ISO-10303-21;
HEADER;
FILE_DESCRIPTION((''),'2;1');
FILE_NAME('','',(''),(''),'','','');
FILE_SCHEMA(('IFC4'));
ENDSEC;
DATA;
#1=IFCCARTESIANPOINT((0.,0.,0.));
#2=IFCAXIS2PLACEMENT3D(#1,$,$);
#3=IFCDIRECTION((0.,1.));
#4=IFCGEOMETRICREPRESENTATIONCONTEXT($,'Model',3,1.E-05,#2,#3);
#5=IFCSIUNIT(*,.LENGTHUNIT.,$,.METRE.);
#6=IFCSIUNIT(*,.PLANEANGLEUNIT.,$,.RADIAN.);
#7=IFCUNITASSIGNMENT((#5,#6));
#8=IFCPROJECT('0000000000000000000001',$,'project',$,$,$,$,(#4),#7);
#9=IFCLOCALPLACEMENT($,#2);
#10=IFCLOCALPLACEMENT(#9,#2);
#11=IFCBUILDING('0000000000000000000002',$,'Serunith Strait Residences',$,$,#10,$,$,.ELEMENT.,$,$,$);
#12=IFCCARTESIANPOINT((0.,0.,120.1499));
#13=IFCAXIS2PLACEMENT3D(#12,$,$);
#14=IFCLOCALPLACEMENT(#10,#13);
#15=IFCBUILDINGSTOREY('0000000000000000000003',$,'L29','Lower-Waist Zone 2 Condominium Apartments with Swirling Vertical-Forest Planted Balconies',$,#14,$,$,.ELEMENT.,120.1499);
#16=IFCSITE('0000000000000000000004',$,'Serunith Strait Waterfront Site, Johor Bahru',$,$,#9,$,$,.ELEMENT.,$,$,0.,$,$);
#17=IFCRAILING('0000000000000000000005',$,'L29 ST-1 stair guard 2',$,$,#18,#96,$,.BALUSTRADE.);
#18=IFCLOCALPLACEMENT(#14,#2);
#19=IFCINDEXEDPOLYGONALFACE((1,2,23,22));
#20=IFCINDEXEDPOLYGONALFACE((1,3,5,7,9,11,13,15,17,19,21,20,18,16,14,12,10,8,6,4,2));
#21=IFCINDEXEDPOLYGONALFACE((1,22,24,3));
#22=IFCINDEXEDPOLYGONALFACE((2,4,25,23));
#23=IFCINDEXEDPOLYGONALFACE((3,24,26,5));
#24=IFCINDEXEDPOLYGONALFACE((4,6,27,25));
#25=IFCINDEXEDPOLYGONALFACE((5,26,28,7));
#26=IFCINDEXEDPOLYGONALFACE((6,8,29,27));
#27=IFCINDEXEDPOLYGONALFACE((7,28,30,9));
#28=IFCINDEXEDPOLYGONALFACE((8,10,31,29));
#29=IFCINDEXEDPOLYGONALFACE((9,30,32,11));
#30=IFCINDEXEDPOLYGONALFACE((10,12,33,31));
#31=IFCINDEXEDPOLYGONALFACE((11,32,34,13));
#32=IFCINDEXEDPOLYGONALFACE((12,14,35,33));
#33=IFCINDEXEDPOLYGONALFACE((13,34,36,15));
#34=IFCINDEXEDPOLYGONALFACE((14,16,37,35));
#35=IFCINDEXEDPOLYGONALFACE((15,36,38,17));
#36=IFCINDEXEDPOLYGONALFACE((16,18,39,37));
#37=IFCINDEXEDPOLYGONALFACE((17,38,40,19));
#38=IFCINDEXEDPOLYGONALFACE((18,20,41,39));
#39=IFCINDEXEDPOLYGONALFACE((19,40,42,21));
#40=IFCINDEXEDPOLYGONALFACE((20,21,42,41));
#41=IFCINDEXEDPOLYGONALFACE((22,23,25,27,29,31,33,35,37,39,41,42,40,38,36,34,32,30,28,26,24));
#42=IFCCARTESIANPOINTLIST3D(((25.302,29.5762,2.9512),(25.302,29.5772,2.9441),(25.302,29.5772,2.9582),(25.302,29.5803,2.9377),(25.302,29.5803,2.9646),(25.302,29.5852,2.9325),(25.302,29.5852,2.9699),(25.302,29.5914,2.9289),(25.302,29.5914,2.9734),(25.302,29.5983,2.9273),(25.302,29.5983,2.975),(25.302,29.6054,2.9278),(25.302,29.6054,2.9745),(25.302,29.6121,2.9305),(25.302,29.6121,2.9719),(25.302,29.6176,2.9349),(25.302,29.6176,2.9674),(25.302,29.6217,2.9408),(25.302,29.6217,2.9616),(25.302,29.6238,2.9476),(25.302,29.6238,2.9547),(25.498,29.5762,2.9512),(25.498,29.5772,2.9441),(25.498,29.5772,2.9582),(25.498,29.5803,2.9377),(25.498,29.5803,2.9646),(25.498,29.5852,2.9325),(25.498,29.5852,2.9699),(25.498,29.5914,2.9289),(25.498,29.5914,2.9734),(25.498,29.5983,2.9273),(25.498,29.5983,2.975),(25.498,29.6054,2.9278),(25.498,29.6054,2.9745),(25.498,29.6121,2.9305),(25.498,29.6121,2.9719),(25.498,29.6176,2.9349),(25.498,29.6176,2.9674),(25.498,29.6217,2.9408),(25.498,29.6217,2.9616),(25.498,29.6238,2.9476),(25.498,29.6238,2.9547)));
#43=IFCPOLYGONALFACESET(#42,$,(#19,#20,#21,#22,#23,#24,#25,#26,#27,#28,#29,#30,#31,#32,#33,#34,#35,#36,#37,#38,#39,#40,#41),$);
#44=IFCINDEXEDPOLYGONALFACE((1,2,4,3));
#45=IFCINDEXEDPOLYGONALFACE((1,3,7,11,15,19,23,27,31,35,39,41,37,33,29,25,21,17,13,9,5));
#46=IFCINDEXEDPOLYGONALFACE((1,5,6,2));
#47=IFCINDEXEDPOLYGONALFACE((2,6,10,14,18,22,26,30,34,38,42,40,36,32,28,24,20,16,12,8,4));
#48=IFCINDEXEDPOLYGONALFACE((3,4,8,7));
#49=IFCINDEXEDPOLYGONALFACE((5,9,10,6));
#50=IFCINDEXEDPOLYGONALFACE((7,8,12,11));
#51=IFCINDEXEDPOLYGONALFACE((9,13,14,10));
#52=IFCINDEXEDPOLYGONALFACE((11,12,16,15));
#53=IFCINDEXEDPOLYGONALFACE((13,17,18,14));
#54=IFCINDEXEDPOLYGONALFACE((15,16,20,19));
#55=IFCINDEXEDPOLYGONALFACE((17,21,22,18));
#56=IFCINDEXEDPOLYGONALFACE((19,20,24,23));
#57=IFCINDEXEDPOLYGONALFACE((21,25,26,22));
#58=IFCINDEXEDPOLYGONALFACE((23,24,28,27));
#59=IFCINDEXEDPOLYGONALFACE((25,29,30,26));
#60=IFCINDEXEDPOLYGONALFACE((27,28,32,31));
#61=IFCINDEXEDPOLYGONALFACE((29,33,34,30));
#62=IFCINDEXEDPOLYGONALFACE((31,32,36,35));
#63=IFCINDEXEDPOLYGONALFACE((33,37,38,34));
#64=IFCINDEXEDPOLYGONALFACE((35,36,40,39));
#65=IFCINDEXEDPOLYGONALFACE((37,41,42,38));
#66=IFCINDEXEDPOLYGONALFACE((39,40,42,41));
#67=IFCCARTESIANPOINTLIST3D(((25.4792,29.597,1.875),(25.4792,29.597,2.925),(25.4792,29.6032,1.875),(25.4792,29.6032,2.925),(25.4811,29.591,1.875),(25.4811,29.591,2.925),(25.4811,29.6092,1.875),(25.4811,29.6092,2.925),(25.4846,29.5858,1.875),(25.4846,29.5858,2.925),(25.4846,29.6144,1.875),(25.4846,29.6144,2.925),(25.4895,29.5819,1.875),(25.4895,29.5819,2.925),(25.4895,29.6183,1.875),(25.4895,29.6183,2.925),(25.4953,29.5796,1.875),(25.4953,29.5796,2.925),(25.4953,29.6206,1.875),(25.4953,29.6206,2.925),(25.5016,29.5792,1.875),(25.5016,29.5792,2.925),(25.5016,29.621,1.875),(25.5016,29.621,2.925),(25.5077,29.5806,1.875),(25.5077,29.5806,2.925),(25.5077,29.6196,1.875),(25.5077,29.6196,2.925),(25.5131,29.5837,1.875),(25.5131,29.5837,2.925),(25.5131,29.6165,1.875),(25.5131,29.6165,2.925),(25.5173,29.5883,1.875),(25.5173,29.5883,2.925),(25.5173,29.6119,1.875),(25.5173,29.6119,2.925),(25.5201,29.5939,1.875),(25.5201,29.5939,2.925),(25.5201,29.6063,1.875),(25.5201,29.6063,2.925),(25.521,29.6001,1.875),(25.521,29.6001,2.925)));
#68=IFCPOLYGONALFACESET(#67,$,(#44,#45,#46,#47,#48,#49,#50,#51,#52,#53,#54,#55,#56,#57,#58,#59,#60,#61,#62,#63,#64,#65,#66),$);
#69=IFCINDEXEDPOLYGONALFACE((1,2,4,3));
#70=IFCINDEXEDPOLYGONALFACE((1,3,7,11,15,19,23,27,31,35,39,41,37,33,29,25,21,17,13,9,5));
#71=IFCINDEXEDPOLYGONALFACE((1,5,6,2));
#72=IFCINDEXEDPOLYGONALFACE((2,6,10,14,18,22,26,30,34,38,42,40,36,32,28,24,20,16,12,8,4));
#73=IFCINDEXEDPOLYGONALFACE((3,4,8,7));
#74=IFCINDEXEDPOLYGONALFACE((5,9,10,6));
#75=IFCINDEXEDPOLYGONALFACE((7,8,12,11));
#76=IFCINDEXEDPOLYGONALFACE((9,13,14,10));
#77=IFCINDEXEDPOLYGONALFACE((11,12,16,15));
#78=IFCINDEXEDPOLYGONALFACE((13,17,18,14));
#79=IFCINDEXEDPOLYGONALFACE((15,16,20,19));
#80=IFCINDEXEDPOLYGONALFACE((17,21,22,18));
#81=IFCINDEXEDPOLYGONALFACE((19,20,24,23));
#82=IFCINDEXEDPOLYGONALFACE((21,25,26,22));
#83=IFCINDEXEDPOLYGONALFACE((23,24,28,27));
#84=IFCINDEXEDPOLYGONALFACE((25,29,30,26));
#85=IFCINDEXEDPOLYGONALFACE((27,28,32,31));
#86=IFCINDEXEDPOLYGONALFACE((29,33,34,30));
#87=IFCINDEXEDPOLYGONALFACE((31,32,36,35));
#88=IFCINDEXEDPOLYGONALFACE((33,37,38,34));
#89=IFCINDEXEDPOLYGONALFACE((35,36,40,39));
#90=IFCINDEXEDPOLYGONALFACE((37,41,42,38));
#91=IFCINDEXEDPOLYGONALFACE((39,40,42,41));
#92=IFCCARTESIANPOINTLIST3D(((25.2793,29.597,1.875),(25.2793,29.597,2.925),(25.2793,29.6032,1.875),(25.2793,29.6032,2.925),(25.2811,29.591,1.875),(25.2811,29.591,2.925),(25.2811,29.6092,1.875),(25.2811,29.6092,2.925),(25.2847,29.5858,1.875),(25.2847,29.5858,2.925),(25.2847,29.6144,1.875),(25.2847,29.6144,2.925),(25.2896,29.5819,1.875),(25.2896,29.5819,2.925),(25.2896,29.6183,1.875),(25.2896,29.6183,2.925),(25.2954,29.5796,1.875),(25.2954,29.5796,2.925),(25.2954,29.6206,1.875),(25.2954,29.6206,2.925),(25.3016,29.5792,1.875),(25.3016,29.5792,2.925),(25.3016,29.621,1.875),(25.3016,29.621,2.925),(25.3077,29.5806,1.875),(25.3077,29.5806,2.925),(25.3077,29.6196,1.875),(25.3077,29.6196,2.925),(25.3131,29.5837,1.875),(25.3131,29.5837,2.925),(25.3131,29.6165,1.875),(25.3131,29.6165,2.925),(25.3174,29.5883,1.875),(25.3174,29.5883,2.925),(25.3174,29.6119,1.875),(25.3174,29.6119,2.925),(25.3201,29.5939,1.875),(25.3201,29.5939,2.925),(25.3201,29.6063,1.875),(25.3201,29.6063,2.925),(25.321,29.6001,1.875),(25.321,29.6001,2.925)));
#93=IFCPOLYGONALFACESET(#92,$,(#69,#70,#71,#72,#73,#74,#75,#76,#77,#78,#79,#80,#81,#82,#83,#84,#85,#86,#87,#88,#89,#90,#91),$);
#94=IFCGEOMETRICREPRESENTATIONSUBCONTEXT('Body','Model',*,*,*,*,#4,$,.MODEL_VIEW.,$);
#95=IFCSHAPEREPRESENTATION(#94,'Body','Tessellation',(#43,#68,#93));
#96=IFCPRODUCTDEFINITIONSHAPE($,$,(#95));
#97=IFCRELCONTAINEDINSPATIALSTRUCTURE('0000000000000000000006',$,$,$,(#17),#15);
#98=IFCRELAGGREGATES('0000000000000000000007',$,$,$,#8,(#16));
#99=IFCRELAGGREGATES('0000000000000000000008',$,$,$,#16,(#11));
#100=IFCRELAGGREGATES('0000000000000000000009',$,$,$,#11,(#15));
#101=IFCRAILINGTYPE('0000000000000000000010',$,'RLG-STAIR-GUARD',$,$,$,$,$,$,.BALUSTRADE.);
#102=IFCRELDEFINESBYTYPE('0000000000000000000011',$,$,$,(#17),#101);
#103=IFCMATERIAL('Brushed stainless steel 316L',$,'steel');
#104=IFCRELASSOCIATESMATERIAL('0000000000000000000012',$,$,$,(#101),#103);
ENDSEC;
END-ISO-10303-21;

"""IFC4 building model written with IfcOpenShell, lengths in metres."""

from ifc_helpers import new_model, si_unit, direction, frame, origin, origin_2d, place, context, subcontext, project, spatial, circle, extrude, material, type_object, element, save


model = new_model("IFC4")

# Units and contexts
model_context = context("Model", 3, precision=1e-05, world=origin(), true_north=direction((0.0, 1.0)))
body_context = subcontext(model_context, "Body", "Model", "MODEL_VIEW")
ifc_project = project(units=[si_unit("LENGTHUNIT", "METRE"), si_unit("PLANEANGLEUNIT", "RADIAN")], contexts=[model_context])

# Site, building, storey
site_placement = place(None, origin())
site = spatial("IfcSite", under=ifc_project, at=site_placement, Name="Serunith Strait Waterfront Site, Johor Bahru", CompositionType="ELEMENT", RefElevation=0.0)
building_placement = place(site_placement, origin())
building = spatial("IfcBuilding", under=site, at=building_placement, Name="Serunith Strait Residences", CompositionType="ELEMENT")
storey_placement = place(building_placement, frame((0.0, 0.0, 120.1499)))
storey = spatial("IfcBuildingStorey", under=building, at=storey_placement, Name="L29", Description="Lower-Waist Zone 2 Condominium Apartments with Swirling Vertical-Forest Planted Balconies", CompositionType="ELEMENT", Elevation=120.1499)

# Railing
ifc_material_1 = material(Name="Brushed stainless steel 316L", Category="steel")
railing_type_1 = type_object("IfcRailingType", Name="RLG-STAIR-GUARD", PredefinedType="BALUSTRADE", material=ifc_material_1)
railing_1_placement = place(storey_placement, frame((25.5, 29.6001, 1.875)))
element("IfcRailing", 1, at=railing_1_placement, inside=storey, type_object=railing_type_1, Name="L29 ST-1 stair guard 2", PredefinedType="BALUSTRADE", context=body_context, shape_type="SweptSolid", body=[
    extrude(circle(Radius=0.0239, at=origin_2d()), frame((-0.002, 0.0, 1.0762), z_axis=(-1.0, 0.0, 0.0), x_axis=(0.0, -1.0, 0.0)), (0.0, 0.0, 1.0), 0.196),
    extrude(circle(Radius=0.021, at=origin_2d()), origin(), (0.0, 0.0, 1.0), 1.05),
    extrude(circle(Radius=0.021, at=origin_2d()), frame((-0.2, 0.0, 0.0)), (0.0, 0.0, 1.0), 1.05),
])

save(model, "model.ifc")
